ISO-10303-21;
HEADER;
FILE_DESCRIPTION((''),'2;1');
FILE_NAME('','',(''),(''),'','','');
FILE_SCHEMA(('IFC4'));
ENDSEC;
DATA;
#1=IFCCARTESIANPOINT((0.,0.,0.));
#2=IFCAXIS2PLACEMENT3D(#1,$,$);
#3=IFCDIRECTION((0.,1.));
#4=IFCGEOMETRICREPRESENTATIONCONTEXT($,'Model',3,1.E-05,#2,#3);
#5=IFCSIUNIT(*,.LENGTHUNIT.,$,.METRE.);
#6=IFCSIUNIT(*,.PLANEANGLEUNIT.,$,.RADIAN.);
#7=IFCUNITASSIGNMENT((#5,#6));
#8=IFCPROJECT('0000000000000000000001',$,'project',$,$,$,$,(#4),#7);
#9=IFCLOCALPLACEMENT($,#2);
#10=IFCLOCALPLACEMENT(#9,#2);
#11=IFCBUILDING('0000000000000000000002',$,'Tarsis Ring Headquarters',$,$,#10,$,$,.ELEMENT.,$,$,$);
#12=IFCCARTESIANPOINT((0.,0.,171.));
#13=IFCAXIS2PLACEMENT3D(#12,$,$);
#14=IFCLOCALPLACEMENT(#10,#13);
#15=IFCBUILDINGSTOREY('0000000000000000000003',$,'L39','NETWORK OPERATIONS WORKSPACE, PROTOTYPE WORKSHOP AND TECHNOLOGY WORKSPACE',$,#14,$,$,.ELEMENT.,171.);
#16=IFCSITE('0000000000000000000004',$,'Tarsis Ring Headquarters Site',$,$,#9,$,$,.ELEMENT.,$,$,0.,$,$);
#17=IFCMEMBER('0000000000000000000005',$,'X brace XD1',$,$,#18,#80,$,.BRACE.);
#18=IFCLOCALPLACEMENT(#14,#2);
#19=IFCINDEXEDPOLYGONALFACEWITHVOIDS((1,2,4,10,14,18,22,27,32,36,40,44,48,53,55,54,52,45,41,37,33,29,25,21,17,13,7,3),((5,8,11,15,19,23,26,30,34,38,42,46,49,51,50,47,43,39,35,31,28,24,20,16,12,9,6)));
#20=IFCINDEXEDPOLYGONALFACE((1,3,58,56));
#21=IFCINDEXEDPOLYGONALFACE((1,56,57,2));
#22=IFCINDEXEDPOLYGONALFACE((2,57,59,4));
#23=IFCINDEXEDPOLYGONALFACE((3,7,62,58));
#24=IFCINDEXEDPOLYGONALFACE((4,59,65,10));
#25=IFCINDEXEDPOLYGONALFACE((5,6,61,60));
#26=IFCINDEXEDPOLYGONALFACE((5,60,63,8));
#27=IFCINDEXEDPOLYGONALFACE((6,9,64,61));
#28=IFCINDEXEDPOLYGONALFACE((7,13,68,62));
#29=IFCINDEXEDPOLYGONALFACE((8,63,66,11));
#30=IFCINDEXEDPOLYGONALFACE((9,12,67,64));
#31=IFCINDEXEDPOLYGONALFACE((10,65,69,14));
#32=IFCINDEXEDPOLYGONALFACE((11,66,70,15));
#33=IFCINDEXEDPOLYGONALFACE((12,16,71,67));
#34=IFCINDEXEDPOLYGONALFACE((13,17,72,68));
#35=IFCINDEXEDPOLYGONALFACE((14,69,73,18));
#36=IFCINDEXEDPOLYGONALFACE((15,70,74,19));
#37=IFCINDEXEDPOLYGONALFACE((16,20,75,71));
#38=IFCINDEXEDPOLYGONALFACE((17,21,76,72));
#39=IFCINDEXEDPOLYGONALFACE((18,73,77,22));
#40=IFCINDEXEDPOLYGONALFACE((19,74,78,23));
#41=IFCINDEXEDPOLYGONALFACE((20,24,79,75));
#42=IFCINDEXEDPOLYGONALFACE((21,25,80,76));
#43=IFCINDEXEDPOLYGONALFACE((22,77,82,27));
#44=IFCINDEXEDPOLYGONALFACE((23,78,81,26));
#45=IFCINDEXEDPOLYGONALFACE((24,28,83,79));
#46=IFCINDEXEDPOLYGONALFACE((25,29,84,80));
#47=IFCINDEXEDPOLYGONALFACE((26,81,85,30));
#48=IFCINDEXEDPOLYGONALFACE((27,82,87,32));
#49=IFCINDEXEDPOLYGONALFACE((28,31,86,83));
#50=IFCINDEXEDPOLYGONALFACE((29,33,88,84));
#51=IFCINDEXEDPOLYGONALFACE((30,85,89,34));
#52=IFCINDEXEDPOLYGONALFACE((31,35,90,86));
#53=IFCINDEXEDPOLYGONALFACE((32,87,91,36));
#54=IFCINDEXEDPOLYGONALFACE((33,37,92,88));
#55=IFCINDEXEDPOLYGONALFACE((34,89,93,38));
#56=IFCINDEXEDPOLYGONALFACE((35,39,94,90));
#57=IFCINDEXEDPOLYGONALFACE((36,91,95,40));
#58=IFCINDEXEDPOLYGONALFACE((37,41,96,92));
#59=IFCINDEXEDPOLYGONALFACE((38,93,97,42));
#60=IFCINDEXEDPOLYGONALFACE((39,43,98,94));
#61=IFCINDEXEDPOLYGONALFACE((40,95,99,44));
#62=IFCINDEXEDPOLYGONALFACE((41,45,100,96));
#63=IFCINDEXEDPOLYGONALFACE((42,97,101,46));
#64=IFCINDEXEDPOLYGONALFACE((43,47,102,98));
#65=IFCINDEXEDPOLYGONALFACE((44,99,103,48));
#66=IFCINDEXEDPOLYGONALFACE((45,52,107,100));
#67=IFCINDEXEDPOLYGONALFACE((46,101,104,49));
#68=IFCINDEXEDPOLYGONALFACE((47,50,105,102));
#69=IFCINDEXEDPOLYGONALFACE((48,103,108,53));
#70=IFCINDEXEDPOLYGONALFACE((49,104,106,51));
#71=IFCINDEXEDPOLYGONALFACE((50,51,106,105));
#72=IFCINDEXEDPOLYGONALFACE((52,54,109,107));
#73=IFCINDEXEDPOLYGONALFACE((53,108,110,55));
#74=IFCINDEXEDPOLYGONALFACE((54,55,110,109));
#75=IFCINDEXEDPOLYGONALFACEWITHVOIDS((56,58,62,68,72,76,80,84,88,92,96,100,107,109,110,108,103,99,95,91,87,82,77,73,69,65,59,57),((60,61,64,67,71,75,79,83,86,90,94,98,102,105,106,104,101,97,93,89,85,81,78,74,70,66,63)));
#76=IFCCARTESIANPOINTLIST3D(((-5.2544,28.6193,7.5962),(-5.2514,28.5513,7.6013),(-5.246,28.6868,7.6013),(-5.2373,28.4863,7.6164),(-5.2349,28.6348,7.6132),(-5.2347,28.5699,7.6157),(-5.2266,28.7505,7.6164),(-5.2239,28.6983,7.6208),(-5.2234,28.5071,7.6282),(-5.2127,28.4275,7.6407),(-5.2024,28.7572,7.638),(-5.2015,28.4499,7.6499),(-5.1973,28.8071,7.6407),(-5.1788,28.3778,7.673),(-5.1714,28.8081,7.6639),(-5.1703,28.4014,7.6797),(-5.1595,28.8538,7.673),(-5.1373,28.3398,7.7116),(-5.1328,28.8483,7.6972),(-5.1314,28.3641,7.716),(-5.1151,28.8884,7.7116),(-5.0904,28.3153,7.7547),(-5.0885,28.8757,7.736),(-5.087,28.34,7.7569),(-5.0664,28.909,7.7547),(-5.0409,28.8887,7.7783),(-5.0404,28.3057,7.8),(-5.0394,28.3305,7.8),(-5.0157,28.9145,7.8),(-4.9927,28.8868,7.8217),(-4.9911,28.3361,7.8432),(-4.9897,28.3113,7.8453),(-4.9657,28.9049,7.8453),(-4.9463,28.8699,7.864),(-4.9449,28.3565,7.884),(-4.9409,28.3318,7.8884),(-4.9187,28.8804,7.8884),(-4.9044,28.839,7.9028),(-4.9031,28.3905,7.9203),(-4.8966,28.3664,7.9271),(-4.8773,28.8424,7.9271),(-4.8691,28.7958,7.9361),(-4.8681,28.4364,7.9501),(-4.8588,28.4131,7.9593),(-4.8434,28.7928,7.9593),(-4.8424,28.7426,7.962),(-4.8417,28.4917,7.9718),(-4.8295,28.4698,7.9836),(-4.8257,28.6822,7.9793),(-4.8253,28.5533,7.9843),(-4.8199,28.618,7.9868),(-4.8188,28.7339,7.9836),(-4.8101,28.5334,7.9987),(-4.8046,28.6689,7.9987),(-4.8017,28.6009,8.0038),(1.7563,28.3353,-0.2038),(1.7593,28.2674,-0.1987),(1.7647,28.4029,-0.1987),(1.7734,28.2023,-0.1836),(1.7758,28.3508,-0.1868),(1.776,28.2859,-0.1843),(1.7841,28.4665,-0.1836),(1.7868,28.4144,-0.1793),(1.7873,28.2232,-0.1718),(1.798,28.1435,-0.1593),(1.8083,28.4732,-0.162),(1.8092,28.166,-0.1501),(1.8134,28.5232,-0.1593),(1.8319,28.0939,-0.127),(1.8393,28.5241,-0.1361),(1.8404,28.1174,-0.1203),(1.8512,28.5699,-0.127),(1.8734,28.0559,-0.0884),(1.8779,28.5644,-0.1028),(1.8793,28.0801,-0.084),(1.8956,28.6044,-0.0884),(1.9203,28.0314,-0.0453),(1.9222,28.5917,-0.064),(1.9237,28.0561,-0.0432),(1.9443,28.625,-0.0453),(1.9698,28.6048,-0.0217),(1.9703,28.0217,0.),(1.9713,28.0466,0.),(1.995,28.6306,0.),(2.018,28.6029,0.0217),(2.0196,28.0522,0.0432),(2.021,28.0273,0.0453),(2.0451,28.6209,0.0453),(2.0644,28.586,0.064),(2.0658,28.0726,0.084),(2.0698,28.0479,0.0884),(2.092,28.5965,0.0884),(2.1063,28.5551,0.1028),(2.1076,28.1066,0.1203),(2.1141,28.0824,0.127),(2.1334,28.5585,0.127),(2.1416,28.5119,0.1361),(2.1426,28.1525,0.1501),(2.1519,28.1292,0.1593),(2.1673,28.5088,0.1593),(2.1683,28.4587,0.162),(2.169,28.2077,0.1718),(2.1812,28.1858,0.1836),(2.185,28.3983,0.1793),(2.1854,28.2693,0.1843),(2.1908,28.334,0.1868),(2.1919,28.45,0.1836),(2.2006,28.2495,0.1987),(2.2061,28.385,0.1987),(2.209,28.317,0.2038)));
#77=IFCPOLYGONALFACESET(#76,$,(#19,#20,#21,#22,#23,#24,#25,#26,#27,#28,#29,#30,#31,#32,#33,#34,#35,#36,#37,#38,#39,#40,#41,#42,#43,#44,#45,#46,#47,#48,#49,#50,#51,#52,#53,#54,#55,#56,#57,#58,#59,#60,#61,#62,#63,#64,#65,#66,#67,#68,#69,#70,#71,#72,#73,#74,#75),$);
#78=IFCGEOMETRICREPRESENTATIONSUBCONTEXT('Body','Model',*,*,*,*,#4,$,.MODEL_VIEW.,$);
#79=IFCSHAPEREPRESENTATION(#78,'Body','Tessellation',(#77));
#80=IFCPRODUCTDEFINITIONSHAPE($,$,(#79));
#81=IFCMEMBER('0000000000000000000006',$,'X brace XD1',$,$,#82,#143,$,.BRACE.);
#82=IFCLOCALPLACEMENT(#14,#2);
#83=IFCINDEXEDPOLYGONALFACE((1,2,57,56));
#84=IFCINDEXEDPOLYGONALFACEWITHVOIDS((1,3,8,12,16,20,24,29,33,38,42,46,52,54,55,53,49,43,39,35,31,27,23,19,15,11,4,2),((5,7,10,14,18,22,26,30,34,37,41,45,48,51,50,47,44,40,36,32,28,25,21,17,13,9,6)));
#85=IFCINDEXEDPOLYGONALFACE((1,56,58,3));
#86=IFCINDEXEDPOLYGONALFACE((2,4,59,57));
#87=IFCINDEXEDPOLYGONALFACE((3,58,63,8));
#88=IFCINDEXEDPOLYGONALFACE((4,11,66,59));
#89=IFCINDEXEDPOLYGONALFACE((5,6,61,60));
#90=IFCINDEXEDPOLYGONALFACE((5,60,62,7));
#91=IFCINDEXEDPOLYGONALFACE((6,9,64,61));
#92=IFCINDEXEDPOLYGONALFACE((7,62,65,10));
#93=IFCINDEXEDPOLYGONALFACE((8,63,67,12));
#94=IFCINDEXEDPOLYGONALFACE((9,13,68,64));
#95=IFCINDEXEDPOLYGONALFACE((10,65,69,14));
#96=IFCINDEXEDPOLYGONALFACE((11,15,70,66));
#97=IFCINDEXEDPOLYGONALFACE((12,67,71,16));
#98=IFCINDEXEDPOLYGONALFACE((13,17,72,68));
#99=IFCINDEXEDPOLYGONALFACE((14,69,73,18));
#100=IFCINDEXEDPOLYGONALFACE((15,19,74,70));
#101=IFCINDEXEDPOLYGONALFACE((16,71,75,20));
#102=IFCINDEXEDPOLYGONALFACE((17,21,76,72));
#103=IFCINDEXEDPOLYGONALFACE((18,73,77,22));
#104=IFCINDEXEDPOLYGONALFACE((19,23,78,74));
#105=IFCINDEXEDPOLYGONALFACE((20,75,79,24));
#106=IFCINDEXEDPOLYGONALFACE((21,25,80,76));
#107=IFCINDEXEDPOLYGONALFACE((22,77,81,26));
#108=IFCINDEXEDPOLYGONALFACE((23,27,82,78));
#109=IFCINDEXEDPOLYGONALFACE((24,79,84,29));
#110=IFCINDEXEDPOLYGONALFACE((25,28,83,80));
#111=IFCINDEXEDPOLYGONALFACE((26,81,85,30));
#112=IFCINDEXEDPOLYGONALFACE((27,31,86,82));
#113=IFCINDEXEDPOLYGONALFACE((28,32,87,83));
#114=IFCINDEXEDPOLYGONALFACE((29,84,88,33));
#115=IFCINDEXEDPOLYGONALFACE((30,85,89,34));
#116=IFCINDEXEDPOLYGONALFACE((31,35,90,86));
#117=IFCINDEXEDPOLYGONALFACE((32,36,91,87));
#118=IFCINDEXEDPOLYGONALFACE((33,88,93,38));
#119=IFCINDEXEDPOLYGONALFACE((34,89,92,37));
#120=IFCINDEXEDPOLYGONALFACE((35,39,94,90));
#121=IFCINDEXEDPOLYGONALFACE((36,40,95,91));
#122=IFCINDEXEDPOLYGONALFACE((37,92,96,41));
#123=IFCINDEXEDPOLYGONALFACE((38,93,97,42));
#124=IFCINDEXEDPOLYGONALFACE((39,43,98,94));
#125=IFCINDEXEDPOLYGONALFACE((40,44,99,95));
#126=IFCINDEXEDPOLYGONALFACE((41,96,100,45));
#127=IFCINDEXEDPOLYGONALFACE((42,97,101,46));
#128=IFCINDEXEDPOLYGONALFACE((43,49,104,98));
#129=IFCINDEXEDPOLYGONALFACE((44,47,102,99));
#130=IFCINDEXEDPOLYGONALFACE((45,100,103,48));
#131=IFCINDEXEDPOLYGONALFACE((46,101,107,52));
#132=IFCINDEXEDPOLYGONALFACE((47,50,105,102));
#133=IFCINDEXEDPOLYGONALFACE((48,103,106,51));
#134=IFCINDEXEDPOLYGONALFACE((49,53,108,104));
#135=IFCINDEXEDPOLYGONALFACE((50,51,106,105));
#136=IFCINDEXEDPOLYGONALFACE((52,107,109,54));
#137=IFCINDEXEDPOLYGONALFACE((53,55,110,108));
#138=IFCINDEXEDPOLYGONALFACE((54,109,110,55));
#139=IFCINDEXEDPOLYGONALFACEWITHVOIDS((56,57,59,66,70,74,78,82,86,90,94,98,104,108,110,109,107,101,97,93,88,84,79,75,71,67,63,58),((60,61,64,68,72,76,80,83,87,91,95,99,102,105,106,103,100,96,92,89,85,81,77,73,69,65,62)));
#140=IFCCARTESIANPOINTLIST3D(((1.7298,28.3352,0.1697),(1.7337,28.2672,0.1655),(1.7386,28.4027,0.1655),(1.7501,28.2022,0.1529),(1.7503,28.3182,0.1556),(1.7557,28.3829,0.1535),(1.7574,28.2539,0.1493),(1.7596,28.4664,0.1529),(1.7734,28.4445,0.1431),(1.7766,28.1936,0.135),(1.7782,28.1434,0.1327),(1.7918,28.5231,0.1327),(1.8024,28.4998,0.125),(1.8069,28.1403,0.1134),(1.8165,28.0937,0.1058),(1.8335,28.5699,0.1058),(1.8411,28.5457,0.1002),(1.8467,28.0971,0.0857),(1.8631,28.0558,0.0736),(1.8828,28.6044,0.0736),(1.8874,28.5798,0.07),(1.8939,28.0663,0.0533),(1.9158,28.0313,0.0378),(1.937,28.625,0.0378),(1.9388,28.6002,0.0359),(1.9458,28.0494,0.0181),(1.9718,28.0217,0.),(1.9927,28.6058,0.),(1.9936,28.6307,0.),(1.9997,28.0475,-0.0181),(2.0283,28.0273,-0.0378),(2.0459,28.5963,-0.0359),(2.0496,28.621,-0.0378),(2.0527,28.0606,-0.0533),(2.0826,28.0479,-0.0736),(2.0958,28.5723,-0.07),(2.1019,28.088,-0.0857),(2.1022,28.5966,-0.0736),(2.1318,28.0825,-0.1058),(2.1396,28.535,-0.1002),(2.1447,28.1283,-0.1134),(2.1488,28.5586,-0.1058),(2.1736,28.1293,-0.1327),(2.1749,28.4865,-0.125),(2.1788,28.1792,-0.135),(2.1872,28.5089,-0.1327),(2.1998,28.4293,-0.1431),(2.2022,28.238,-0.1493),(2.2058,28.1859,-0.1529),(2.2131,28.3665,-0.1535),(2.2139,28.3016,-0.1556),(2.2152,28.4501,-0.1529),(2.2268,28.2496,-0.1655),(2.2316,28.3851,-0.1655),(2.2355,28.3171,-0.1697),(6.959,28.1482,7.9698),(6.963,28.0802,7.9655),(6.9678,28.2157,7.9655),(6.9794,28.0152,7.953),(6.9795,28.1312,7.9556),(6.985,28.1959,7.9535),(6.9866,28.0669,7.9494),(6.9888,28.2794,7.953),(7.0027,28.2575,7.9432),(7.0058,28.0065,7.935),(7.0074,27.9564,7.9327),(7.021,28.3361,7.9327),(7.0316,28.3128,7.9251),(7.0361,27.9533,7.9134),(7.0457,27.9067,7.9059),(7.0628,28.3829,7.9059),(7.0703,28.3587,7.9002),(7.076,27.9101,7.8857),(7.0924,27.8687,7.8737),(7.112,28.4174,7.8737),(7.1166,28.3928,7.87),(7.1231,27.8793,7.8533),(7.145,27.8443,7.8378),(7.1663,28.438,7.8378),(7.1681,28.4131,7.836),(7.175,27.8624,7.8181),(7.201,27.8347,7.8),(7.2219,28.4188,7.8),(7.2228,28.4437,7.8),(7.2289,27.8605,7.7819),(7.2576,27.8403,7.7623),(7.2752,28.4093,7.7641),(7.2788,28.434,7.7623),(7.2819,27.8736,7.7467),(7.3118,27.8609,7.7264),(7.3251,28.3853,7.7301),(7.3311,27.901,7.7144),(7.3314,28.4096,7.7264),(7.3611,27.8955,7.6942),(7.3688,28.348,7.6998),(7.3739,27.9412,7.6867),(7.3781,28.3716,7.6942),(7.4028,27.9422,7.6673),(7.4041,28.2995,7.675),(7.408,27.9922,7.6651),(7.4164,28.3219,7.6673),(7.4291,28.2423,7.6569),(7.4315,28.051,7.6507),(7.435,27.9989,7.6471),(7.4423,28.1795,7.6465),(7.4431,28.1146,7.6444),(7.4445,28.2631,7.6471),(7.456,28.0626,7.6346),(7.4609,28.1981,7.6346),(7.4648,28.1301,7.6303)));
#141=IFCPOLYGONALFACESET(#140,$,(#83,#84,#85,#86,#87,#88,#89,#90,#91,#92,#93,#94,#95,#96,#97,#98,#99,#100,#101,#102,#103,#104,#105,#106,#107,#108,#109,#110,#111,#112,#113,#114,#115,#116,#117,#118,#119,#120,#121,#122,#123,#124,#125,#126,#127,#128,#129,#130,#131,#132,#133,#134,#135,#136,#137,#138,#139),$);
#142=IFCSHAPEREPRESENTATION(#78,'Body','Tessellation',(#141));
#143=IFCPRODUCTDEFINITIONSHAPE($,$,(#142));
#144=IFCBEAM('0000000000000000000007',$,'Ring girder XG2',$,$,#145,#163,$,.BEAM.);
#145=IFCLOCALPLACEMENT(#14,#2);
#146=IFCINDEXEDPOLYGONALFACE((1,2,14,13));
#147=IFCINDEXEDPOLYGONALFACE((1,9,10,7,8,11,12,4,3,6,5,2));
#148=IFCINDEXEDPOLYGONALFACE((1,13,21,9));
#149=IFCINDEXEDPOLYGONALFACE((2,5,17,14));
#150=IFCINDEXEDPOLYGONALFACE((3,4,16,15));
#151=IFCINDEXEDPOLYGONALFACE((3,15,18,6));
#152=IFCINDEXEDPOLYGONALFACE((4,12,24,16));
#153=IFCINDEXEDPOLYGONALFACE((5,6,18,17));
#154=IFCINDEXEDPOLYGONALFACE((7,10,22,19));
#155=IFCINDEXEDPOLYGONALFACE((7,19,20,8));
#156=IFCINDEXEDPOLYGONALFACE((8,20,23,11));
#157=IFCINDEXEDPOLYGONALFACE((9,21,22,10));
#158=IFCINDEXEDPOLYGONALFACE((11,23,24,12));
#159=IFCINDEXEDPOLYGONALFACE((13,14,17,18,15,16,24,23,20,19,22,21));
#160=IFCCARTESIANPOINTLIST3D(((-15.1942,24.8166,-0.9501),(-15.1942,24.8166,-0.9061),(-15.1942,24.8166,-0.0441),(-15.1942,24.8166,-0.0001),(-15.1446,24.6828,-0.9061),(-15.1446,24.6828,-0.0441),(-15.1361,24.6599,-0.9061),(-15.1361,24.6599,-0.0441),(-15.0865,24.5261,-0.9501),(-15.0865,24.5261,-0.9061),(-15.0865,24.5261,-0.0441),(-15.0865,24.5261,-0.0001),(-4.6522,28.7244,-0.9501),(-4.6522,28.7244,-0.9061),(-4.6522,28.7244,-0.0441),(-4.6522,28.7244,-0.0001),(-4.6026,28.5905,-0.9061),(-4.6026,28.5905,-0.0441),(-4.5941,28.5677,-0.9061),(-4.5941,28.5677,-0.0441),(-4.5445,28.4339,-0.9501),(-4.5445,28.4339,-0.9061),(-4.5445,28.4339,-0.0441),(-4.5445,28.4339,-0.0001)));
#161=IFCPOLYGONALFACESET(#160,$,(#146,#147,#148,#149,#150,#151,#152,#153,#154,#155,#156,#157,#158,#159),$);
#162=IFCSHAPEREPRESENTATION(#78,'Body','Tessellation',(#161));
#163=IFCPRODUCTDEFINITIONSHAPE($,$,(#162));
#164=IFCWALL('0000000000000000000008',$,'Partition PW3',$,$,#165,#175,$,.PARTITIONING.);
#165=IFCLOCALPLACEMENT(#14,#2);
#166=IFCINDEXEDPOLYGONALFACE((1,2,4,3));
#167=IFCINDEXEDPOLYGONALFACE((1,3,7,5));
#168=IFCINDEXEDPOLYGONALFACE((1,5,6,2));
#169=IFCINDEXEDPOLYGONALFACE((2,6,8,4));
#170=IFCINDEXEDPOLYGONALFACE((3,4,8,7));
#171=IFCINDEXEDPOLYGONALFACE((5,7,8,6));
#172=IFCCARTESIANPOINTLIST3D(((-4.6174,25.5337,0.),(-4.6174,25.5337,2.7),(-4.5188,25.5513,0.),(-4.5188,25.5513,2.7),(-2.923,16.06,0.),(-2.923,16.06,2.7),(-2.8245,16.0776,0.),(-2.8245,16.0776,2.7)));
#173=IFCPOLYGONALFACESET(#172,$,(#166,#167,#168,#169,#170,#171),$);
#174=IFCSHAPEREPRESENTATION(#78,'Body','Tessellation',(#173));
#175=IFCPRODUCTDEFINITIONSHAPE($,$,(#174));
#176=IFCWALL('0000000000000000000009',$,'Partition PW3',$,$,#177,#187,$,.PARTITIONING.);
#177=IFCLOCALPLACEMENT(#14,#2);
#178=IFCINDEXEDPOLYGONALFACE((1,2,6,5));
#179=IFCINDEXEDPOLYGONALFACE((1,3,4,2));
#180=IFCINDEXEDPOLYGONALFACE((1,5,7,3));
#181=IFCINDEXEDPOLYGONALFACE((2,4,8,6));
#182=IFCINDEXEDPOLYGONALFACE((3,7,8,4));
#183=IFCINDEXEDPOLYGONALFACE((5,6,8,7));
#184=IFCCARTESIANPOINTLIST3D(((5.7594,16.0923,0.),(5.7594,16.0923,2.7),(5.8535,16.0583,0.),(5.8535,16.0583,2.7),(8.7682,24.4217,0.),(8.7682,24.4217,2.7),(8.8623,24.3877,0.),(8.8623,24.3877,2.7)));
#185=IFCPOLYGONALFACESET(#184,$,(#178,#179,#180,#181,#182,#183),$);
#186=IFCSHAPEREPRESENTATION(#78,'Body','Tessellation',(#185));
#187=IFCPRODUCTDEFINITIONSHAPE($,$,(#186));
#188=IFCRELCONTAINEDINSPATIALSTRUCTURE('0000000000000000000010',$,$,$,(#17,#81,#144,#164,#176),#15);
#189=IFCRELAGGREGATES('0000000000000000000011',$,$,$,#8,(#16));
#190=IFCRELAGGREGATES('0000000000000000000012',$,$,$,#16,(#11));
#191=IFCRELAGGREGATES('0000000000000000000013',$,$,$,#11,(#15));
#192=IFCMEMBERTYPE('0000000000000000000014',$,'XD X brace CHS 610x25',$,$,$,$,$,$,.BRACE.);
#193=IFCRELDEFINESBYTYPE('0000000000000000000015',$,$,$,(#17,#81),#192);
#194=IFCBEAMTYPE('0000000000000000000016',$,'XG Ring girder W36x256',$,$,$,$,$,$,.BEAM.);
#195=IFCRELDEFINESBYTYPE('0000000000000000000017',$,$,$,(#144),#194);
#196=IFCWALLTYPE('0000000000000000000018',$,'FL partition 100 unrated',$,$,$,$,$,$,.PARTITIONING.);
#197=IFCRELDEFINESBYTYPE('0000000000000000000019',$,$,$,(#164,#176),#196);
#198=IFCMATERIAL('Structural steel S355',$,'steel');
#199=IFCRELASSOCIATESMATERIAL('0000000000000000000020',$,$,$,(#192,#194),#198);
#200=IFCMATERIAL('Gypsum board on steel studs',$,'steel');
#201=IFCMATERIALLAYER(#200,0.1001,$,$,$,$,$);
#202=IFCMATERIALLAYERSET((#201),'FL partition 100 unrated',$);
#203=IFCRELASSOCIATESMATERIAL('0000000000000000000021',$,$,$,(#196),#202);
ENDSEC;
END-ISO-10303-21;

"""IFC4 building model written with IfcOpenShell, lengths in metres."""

from ifc_helpers import new_model, si_unit, direction, frame, frame_2d, origin, origin_2d, place, context, subcontext, project, spatial, rectangle, hollow_circle, i_section, extrude, material, layer, layer_set, material_profile, profile_set, type_object, element, save


model = new_model("IFC4")

# Units and contexts
model_context = context("Model", 3, precision=1e-05, world=origin(), true_north=direction((0.0, 1.0)))
body_context = subcontext(model_context, "Body", "Model", "MODEL_VIEW")
ifc_project = project(units=[si_unit("LENGTHUNIT", "METRE"), si_unit("PLANEANGLEUNIT", "RADIAN")], contexts=[model_context])

# Site, building, storey
site_placement = place(None, origin())
site = spatial("IfcSite", under=ifc_project, at=site_placement, Name="Tarsis Ring Headquarters Site", CompositionType="ELEMENT", RefElevation=0.0)
building_placement = place(site_placement, origin())
building = spatial("IfcBuilding", under=site, at=building_placement, Name="Tarsis Ring Headquarters", CompositionType="ELEMENT")
storey_placement = place(building_placement, frame((0.0, 0.0, 171.0)))
storey = spatial("IfcBuildingStorey", under=building, at=storey_placement, Name="L39", Description="NETWORK OPERATIONS WORKSPACE, PROTOTYPE WORKSHOP AND TECHNOLOGY WORKSPACE", CompositionType="ELEMENT", Elevation=171.0)

# Shared definitions
ifc_material_1 = material(Name="Structural steel S355", Category="steel")

# Members
ifc_material_profile_1 = material_profile(ifc_material_1, hollow_circle(Radius=0.3047, WallThickness=0.0249, at=origin_2d()), Name="CHS 610x25")
ifc_profile_set_1 = profile_set([ifc_material_profile_1], Name="Structural steel S355")
member_type = type_object("IfcMemberType", Name="XD X brace CHS 610x25", PredefinedType="BRACE", material=ifc_profile_set_1)
member_1_placement = place(storey_placement, frame((1.9827, 28.3262, 0.0), z_axis=(-0.66823, 0.027063, 0.743463), x_axis=(-0.040467, -0.999181, 0.0)))
element("IfcMember", 1, at=member_1_placement, inside=storey, type_object=member_type, Name="X brace XD1", PredefinedType="BRACE", context=body_context, shape_type="SweptSolid", body=[
    extrude(hollow_circle(Radius=0.3047, WallThickness=0.0249, at=origin_2d()), origin(), (0.0, 0.0, 1.0), 10.4915),
])
member_2_placement = place(storey_placement, frame((1.9827, 28.3262, 0.0), z_axis=(0.556742, -0.019911, 0.830447), x_axis=(0.03574, 0.999361, 0.0)))
element("IfcMember", 2, at=member_2_placement, inside=storey, type_object=member_type, Name="X brace XD1", PredefinedType="BRACE", context=body_context, shape_type="SweptSolid", body=[
    extrude(hollow_circle(Radius=0.3047, WallThickness=0.0249, at=origin_2d()), origin(), (0.0, 0.0, 1.0), 9.3926),
])

# Beam
ifc_material_profile_2 = material_profile(ifc_material_1, i_section(OverallWidth=0.3098, OverallDepth=0.95, WebThickness=0.0244, FlangeThickness=0.0439, at=origin_2d()), Name="W36x256")
ifc_profile_set_2 = profile_set([ifc_material_profile_2], Name="Structural steel S355")
beam_type_1 = type_object("IfcBeamType", Name="XG Ring girder W36x256", PredefinedType="BEAM", material=ifc_profile_set_2)
beam_1_placement = place(storey_placement, frame((-4.5984, 28.5791, -0.4751), z_axis=(-0.937654, -0.34757, 0.0), x_axis=(0.34757, -0.937654, 0.0)))
element("IfcBeam", 3, at=beam_1_placement, inside=storey, type_object=beam_type_1, Name="Ring girder XG2", PredefinedType="BEAM", context=body_context, shape_type="SweptSolid", body=[
    extrude(i_section(OverallWidth=0.3098, OverallDepth=0.95, WebThickness=0.0244, FlangeThickness=0.0439, at=origin_2d()), origin(), (0.0, 0.0, 1.0), 11.2429),
])

# Walls
ifc_material_2 = material(Name="Gypsum board on steel studs", Category="steel")
ifc_layer_1 = layer(ifc_material_2, 0.1001)
ifc_layer_set_1 = layer_set([ifc_layer_1], Name="FL partition 100 unrated")
wall_type_1 = type_object("IfcWallType", Name="FL partition 100 unrated", PredefinedType="PARTITIONING", material=ifc_layer_set_1)
wall_1_placement = place(storey_placement, frame((-4.5681, 25.5425, 0.0), z_axis=(0.0, 0.0, 1.0), x_axis=(0.176054, -0.984381, 0.0)))
element("IfcWall", 4, at=wall_1_placement, inside=storey, type_object=wall_type_1, Name="Partition PW3", PredefinedType="PARTITIONING", context=body_context, shape_type="SweptSolid", body=[
    extrude(rectangle(XDim=9.624, YDim=0.1001, at=frame_2d((4.812, 0.0))), origin(), (0.0, 0.0, 1.0), 2.7),
])
wall_2_placement = place(storey_placement, frame((5.8064, 16.0752, 0.0), z_axis=(0.0, 0.0, 1.0), x_axis=(0.339741, 0.940519, 0.0)))
element("IfcWall", 5, at=wall_2_placement, inside=storey, type_object=wall_type_1, Name="Partition PW3", PredefinedType="PARTITIONING", context=body_context, shape_type="SweptSolid", body=[
    extrude(rectangle(XDim=8.8562, YDim=0.1001, at=frame_2d((4.4282, 0.0))), origin(), (0.0, 0.0, 1.0), 2.7),
])

save(model, "model.ifc")
